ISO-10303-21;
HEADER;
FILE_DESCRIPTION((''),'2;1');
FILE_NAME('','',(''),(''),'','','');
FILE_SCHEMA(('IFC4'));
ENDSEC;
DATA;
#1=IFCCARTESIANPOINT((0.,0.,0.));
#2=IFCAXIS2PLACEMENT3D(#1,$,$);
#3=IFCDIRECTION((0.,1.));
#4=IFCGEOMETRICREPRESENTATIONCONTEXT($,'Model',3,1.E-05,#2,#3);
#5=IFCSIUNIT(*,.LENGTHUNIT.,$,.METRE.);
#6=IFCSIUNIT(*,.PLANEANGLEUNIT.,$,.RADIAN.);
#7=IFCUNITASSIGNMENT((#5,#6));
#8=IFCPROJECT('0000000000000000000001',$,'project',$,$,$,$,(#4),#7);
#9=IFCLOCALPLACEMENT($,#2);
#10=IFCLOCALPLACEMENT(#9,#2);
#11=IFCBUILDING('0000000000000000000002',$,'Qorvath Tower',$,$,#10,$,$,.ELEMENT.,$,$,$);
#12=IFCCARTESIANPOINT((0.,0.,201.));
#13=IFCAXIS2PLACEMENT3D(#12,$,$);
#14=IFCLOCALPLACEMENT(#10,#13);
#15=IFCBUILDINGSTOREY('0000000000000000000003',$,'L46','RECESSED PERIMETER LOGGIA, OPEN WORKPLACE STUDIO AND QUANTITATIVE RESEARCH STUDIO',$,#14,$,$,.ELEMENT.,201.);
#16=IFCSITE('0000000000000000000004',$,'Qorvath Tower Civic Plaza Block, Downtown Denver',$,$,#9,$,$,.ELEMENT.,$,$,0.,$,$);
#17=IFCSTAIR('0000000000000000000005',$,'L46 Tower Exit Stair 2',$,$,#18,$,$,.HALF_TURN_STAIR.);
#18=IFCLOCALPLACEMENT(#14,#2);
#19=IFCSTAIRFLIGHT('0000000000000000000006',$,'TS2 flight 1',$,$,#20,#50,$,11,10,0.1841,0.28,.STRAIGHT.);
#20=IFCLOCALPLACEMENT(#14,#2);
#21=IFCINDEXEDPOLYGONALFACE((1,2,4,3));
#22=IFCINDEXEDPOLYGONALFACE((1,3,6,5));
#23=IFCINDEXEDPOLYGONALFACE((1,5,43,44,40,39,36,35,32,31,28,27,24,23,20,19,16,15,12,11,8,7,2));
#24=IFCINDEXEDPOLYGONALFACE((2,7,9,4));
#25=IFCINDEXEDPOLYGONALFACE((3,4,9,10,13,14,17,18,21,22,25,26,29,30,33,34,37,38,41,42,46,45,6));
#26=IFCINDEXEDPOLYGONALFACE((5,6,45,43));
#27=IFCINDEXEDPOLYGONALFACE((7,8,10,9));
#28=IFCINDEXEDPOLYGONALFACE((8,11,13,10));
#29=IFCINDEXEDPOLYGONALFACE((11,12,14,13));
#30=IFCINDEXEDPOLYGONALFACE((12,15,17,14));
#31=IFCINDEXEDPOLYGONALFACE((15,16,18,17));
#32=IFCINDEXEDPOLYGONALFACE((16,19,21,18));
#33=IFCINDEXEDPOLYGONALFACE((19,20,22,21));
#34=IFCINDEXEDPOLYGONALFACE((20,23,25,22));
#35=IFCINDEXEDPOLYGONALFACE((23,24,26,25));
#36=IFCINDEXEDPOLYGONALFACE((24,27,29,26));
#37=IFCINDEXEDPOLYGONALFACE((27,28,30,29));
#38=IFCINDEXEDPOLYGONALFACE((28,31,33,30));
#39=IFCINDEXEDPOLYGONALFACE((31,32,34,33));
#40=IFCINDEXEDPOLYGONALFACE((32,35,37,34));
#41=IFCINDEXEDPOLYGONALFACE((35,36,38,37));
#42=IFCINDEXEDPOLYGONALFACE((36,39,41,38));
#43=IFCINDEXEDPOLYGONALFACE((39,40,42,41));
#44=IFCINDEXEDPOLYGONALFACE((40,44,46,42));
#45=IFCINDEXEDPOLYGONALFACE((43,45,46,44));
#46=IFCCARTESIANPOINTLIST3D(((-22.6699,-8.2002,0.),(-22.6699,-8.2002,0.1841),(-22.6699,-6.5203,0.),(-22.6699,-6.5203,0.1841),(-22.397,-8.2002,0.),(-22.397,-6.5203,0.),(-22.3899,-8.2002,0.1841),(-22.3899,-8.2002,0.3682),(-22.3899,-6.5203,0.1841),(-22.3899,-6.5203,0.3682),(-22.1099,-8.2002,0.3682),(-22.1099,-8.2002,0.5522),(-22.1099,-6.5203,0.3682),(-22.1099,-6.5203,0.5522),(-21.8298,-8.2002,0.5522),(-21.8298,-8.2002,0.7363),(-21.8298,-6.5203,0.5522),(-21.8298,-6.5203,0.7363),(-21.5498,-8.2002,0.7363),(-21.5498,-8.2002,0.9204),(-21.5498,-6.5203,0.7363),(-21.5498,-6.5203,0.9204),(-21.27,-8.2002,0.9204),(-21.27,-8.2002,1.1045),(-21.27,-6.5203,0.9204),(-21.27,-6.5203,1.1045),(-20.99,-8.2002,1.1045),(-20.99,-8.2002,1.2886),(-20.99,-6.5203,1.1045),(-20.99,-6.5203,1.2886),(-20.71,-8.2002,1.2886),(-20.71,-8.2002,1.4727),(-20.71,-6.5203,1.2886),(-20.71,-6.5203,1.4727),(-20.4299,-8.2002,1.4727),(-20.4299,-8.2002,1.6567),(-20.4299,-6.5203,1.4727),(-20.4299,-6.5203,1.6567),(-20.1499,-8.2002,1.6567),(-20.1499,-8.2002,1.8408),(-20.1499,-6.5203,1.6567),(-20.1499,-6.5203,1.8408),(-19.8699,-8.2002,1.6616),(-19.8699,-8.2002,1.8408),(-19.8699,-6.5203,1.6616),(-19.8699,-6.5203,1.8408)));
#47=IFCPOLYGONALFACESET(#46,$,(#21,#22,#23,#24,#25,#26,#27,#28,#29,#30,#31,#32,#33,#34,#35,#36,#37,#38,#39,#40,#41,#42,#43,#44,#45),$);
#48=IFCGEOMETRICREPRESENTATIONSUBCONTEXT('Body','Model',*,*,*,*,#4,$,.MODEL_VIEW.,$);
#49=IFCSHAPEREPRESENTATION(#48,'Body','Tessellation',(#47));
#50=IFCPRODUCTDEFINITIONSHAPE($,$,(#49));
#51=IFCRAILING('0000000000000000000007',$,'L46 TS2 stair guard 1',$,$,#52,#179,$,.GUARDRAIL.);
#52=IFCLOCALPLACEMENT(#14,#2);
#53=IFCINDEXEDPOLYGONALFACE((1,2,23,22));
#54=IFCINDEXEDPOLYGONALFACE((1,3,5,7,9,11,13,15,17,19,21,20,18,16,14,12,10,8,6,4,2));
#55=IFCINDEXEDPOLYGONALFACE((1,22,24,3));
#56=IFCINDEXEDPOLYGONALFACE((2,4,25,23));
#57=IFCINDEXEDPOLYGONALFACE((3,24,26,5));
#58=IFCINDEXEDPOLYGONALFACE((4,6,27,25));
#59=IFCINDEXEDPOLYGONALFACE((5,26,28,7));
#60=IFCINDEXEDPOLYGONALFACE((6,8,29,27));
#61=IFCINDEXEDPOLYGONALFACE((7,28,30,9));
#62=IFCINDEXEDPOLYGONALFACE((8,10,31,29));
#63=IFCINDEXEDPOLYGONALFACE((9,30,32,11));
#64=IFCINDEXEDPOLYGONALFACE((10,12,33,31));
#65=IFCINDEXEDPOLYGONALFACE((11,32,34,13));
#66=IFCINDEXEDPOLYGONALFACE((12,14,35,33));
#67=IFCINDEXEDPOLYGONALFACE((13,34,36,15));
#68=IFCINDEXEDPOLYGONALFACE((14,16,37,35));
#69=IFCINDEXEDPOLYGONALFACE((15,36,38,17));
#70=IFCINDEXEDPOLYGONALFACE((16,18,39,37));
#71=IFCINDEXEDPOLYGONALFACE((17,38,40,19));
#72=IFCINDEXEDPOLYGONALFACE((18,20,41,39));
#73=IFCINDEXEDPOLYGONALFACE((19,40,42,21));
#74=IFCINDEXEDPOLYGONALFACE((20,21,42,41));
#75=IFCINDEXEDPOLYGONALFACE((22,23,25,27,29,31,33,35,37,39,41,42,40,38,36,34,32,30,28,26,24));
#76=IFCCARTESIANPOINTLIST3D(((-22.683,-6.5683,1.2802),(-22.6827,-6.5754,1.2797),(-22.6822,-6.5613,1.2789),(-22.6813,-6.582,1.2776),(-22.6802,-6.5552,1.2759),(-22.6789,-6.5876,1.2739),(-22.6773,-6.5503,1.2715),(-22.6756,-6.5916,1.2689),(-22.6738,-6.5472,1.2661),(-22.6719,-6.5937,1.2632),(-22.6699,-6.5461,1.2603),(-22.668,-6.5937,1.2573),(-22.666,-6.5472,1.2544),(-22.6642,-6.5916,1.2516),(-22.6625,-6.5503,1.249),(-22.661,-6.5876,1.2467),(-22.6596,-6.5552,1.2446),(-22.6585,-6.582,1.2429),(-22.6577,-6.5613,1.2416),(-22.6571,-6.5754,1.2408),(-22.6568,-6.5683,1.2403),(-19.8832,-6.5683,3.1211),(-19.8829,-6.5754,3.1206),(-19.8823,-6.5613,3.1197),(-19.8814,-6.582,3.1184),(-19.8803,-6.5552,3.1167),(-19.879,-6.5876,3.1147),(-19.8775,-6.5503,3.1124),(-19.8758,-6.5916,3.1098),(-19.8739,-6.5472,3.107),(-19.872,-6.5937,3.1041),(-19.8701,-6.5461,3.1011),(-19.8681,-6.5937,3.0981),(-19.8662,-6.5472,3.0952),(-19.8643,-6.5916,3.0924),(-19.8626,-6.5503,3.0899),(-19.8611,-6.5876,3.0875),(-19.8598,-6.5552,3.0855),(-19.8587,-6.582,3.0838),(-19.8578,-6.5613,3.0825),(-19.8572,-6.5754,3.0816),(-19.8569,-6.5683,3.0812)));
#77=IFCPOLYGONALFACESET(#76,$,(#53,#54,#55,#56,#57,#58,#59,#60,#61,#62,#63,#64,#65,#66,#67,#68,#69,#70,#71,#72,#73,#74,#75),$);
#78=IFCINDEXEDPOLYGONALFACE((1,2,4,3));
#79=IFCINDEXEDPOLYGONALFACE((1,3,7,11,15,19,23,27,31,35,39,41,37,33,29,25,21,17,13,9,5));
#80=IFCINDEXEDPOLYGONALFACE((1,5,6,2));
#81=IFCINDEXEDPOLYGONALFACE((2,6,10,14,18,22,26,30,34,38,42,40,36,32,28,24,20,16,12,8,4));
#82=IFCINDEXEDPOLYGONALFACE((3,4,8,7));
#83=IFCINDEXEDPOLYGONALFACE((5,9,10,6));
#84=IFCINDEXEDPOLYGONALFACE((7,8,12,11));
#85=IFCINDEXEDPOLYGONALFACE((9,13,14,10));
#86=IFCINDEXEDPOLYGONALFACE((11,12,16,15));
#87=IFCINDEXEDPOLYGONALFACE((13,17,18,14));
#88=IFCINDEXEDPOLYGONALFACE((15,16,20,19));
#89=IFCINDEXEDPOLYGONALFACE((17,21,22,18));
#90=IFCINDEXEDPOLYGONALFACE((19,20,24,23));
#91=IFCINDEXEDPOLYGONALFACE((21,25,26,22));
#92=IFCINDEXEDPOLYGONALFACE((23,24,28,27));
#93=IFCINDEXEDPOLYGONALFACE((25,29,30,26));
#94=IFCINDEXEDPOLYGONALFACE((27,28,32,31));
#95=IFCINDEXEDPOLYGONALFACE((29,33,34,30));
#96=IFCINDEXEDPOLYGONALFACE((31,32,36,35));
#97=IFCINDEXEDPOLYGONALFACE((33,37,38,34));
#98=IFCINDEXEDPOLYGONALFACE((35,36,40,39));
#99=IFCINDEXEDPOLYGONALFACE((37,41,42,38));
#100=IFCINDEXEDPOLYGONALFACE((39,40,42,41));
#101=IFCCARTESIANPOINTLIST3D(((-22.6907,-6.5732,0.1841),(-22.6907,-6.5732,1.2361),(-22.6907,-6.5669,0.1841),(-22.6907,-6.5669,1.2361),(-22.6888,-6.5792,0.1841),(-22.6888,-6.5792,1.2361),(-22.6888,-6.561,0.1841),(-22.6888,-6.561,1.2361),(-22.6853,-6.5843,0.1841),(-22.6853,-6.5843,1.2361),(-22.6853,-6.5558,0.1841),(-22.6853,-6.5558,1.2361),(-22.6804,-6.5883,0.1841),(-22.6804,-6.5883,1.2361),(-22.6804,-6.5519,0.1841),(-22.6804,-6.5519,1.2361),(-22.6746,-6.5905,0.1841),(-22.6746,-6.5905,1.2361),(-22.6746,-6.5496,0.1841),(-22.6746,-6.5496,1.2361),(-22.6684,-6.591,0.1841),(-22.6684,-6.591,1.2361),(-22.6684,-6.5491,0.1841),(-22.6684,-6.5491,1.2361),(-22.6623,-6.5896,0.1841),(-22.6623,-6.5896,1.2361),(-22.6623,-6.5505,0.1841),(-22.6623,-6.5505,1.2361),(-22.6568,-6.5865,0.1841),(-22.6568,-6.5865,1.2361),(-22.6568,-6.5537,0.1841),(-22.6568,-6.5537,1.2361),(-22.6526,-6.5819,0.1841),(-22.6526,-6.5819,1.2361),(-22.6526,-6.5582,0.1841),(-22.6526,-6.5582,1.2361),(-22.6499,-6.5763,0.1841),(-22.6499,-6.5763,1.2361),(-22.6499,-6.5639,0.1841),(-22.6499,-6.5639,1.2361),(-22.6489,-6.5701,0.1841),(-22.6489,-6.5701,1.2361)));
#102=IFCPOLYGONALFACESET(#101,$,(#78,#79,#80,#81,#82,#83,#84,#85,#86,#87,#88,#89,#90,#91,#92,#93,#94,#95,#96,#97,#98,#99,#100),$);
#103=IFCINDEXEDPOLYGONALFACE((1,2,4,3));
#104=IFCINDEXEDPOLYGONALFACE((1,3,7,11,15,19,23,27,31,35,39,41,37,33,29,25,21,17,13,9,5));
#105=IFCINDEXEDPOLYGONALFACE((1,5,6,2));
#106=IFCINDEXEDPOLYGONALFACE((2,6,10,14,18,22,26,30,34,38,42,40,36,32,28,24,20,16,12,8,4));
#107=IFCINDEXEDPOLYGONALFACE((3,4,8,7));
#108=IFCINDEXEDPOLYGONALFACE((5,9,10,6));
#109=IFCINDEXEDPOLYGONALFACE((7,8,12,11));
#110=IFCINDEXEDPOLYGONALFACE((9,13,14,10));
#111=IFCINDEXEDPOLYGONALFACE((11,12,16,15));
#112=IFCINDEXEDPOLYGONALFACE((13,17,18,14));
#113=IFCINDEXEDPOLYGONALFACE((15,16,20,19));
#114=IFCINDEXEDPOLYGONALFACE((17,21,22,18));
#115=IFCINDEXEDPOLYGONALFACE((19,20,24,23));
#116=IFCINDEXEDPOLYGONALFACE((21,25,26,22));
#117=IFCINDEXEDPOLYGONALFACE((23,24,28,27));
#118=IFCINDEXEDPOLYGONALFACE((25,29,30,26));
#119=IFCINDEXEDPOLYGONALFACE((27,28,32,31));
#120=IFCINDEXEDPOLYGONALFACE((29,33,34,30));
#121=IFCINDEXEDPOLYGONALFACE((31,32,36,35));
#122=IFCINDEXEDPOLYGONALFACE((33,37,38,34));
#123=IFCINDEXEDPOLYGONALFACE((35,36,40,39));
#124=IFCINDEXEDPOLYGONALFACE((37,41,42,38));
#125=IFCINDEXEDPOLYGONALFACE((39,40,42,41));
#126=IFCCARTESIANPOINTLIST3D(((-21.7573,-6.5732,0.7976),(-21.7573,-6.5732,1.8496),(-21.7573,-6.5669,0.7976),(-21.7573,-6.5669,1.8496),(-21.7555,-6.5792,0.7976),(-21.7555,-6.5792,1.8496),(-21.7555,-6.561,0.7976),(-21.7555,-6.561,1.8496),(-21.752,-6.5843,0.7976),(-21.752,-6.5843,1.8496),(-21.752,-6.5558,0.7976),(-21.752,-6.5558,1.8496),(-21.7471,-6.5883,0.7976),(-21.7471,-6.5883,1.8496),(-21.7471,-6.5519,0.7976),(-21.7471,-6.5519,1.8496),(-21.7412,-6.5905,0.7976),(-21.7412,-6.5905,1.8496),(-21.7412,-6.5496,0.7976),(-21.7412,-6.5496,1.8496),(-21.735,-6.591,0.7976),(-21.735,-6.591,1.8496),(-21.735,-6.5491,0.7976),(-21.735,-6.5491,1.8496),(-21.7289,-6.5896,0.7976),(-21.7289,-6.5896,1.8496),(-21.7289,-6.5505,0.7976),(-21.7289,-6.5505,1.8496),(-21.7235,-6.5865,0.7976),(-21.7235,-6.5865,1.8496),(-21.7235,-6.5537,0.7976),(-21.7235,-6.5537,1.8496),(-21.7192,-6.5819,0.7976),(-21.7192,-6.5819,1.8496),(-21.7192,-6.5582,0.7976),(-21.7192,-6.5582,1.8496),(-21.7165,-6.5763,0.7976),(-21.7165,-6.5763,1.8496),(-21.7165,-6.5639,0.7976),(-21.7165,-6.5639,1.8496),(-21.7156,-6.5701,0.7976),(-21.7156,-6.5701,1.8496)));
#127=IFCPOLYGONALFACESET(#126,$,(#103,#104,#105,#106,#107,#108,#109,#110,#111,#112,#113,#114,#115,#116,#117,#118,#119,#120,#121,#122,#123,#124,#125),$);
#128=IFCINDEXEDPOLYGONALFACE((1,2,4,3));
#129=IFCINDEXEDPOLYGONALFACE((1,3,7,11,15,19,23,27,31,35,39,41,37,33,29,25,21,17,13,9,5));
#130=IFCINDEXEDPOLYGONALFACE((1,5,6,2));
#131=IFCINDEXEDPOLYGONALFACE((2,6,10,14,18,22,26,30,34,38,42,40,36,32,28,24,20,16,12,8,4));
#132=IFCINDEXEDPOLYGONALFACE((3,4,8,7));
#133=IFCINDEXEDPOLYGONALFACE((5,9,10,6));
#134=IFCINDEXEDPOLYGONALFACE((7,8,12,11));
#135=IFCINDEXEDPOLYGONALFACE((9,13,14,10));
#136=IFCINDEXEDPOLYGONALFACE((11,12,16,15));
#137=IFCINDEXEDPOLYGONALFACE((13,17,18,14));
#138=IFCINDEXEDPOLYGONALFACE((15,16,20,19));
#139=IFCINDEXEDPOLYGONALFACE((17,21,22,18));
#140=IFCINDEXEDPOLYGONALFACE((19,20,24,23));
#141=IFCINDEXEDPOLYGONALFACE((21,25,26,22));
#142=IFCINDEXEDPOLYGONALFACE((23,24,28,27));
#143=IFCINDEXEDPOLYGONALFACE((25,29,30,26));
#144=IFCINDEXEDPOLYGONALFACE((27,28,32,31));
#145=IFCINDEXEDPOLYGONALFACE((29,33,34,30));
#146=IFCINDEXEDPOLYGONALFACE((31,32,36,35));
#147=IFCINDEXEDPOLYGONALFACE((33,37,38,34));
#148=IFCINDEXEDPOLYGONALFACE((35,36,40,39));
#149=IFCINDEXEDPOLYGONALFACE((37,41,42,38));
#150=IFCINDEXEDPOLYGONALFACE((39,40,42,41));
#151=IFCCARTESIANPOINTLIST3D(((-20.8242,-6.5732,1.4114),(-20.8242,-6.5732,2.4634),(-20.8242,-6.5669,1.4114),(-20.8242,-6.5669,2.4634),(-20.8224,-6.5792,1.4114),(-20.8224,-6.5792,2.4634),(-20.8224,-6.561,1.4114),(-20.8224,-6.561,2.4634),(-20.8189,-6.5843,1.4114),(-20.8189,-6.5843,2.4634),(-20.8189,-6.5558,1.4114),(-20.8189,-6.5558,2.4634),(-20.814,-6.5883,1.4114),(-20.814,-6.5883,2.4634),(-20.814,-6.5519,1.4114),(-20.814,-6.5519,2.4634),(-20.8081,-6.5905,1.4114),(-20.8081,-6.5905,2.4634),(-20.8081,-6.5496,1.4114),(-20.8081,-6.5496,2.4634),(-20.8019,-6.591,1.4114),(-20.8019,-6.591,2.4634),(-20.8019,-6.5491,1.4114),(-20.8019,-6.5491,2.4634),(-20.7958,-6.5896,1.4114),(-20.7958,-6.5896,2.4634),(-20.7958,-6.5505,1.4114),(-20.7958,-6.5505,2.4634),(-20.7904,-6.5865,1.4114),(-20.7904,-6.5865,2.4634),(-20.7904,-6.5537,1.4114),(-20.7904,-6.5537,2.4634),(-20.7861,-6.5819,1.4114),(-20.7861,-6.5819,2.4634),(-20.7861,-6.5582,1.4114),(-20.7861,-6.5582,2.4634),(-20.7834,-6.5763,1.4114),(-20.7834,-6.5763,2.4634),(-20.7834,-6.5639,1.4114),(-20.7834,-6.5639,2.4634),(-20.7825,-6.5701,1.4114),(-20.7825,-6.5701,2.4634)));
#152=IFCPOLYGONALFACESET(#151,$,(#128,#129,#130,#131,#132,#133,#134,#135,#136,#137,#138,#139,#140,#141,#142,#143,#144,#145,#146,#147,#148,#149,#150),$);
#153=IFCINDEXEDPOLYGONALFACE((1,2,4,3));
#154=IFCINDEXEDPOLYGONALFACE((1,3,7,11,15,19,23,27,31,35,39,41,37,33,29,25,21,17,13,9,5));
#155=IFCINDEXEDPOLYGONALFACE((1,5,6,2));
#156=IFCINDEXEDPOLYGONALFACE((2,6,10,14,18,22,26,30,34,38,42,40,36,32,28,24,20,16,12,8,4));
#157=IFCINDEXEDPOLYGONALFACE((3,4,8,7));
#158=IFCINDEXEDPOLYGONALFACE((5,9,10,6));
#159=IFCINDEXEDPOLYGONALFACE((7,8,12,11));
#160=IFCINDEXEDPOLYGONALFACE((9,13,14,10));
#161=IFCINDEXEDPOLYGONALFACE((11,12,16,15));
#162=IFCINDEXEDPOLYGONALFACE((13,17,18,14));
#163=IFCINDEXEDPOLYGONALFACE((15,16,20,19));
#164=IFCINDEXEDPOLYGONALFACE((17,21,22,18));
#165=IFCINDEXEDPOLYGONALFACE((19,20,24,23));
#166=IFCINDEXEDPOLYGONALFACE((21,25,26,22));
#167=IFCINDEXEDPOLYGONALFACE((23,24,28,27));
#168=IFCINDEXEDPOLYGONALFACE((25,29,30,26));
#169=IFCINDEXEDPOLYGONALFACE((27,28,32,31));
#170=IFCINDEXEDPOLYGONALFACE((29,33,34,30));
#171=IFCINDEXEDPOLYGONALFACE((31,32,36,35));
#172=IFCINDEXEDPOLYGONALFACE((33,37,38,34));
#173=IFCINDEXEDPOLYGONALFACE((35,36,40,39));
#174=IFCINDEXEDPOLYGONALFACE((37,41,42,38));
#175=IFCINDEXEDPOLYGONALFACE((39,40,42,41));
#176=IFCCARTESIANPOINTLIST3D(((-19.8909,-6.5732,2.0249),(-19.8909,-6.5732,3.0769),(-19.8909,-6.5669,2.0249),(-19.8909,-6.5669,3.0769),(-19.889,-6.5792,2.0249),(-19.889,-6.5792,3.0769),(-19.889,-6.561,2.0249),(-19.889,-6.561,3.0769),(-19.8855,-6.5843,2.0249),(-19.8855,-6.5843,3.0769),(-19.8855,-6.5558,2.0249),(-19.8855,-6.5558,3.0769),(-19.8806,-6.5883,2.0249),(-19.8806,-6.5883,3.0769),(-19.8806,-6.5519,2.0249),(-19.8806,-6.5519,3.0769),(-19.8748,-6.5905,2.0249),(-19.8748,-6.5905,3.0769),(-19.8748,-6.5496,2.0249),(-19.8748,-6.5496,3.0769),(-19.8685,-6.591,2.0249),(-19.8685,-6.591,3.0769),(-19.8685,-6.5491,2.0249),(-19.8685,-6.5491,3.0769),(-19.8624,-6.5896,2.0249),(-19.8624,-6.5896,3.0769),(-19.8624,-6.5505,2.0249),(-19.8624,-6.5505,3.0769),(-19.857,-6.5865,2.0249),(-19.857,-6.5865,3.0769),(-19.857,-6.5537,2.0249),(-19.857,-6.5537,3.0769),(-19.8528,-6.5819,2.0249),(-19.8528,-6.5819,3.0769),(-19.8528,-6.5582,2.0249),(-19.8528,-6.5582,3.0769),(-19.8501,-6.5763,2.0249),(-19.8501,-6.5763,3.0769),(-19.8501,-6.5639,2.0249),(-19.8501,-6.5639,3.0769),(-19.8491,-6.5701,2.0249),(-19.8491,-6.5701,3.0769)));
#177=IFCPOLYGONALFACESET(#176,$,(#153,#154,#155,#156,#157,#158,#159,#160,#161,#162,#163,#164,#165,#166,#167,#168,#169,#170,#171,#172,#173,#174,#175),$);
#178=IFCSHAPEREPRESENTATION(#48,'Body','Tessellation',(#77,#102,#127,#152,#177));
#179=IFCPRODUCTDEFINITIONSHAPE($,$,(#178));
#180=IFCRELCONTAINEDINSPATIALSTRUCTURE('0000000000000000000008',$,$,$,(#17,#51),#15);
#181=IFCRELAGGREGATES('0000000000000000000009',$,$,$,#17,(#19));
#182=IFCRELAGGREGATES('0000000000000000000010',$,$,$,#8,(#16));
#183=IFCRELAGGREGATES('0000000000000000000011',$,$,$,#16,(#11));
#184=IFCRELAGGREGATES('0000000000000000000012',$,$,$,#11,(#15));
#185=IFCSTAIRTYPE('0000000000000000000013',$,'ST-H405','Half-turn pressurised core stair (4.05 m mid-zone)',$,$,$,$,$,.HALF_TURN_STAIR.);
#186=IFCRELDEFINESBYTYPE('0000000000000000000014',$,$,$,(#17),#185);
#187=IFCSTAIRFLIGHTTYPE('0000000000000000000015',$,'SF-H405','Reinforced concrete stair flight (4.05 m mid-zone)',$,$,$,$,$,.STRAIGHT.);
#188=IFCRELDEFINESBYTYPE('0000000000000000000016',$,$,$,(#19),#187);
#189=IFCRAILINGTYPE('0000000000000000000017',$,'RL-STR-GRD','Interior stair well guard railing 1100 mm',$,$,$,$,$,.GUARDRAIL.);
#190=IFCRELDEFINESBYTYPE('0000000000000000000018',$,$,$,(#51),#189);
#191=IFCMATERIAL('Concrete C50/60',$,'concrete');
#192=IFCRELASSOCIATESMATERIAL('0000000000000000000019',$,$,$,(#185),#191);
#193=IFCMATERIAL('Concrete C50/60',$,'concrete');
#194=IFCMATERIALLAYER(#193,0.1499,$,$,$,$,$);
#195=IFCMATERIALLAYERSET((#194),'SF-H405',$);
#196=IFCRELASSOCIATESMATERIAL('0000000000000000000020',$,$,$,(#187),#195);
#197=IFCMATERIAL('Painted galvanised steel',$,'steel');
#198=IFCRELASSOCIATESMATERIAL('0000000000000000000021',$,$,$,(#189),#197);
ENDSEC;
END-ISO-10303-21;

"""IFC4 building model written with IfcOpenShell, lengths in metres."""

from ifc_helpers import new_model, si_unit, direction, frame, origin, origin_2d, place, context, subcontext, project, spatial, polyline, circle, outline, extrude, material, layer, layer_set, type_object, element, aggregate, save


model = new_model("IFC4")

# Units and contexts
model_context = context("Model", 3, precision=1e-05, world=origin(), true_north=direction((0.0, 1.0)))
body_context = subcontext(model_context, "Body", "Model", "MODEL_VIEW")
ifc_project = project(units=[si_unit("LENGTHUNIT", "METRE"), si_unit("PLANEANGLEUNIT", "RADIAN")], contexts=[model_context])

# Site, building, storey
site_placement = place(None, origin())
site = spatial("IfcSite", under=ifc_project, at=site_placement, Name="Qorvath Tower Civic Plaza Block, Downtown Denver", CompositionType="ELEMENT", RefElevation=0.0)
building_placement = place(site_placement, origin())
building = spatial("IfcBuilding", under=site, at=building_placement, Name="Qorvath Tower", CompositionType="ELEMENT")
storey_placement = place(building_placement, frame((0.0, 0.0, 201.0)))
storey = spatial("IfcBuildingStorey", under=building, at=storey_placement, Name="L46", Description="RECESSED PERIMETER LOGGIA, OPEN WORKPLACE STUDIO AND QUANTITATIVE RESEARCH STUDIO", CompositionType="ELEMENT", Elevation=201.0)

# Stair, stair flight
ifc_material_1 = material(Name="Concrete C50/60", Category="concrete")
stair_type = type_object("IfcStairType", Name="ST-H405", Description="Half-turn pressurised core stair (4.05 m mid-zone)", PredefinedType="HALF_TURN_STAIR", material=ifc_material_1)
stair_placement = place(storey_placement, origin())
stair = element("IfcStair", 1, at=stair_placement, inside=storey, type_object=stair_type, Name="L46 Tower Exit Stair 2", PredefinedType="HALF_TURN_STAIR")
ifc_material_2 = material(Name="Concrete C50/60", Category="concrete")
ifc_layer_1 = layer(ifc_material_2, 0.1499)
ifc_layer_set_1 = layer_set([ifc_layer_1], Name="SF-H405")
stair_flight_type = type_object("IfcStairFlightType", Name="SF-H405", Description="Reinforced concrete stair flight (4.05 m mid-zone)", PredefinedType="STRAIGHT", material=ifc_layer_set_1)
stair_flight_placement = place(storey_placement, frame((-22.6699, -7.3601, 0.0), z_axis=(0.0, 0.0, 1.0), x_axis=(1.0, 0.0, 0.0)))
stair_flight = element("IfcStairFlight", 2, at=stair_flight_placement, type_object=stair_flight_type, Name="TS2 flight 1", NumberOfRisers=11, NumberOfTreads=10, PredefinedType="STRAIGHT", RiserHeight=0.1841, TreadLength=0.28, context=body_context, shape_type="SweptSolid", body=[
    extrude(outline(polyline([(0.0, 0.0), (0.0, 0.1841), (0.28, 0.1841), (0.28, 0.3682), (0.5601, 0.3682), (0.5601, 0.5522), (0.8401, 0.5522), (0.8401, 0.7363), (1.1201, 0.7363), (1.1201, 0.9204), (1.3999, 0.9204), (1.3999, 1.1045), (1.6799, 1.1045), (1.6799, 1.2886), (1.96, 1.2886), (1.96, 1.4727), (2.24, 1.4727), (2.24, 1.6567), (2.52, 1.6567), (2.52, 1.8408), (2.8, 1.8408), (2.8, 2.0249), (2.8, 1.6616), (0.2729, 0.0), (0.0, 0.0)])), frame((0.0, 0.8398, 0.0), z_axis=(0.0, -1.0, 0.0), x_axis=(1.0, 0.0, 0.0)), (0.0, 0.0, 1.0), 1.6799),
])
aggregate(stair, [stair_flight])

# Railing
ifc_material_3 = material(Name="Painted galvanised steel", Category="steel")
railing_type = type_object("IfcRailingType", Name="RL-STR-GRD", Description="Interior stair well guard railing 1100 mm", PredefinedType="GUARDRAIL", material=ifc_material_3)
railing_1_placement = place(storey_placement, frame((-22.6699, -6.5701, 0.1841)))
element("IfcRailing", 3, at=railing_1_placement, inside=storey, type_object=railing_type, Name="L46 TS2 stair guard 1", PredefinedType="GUARDRAIL", context=body_context, shape_type="SweptSolid", body=[
    extrude(circle(Radius=0.0239, at=origin_2d()), frame((0.0, 0.0, 1.0762), z_axis=(0.835576, 0.0, 0.549376), x_axis=(0.0, 1.0, 0.0)), (0.0, 0.0, 1.0), 3.3508),
    extrude(circle(Radius=0.021, at=origin_2d()), origin(), (0.0, 0.0, 1.0), 1.052),
    extrude(circle(Radius=0.021, at=origin_2d()), frame((0.9333, 0.0, 0.6135)), (0.0, 0.0, 1.0), 1.052),
    extrude(circle(Radius=0.021, at=origin_2d()), frame((1.8665, 0.0, 1.2273)), (0.0, 0.0, 1.0), 1.052),
    extrude(circle(Radius=0.021, at=origin_2d()), frame((2.7998, 0.0, 1.8408)), (0.0, 0.0, 1.0), 1.052),
])

save(model, "model.ifc")
